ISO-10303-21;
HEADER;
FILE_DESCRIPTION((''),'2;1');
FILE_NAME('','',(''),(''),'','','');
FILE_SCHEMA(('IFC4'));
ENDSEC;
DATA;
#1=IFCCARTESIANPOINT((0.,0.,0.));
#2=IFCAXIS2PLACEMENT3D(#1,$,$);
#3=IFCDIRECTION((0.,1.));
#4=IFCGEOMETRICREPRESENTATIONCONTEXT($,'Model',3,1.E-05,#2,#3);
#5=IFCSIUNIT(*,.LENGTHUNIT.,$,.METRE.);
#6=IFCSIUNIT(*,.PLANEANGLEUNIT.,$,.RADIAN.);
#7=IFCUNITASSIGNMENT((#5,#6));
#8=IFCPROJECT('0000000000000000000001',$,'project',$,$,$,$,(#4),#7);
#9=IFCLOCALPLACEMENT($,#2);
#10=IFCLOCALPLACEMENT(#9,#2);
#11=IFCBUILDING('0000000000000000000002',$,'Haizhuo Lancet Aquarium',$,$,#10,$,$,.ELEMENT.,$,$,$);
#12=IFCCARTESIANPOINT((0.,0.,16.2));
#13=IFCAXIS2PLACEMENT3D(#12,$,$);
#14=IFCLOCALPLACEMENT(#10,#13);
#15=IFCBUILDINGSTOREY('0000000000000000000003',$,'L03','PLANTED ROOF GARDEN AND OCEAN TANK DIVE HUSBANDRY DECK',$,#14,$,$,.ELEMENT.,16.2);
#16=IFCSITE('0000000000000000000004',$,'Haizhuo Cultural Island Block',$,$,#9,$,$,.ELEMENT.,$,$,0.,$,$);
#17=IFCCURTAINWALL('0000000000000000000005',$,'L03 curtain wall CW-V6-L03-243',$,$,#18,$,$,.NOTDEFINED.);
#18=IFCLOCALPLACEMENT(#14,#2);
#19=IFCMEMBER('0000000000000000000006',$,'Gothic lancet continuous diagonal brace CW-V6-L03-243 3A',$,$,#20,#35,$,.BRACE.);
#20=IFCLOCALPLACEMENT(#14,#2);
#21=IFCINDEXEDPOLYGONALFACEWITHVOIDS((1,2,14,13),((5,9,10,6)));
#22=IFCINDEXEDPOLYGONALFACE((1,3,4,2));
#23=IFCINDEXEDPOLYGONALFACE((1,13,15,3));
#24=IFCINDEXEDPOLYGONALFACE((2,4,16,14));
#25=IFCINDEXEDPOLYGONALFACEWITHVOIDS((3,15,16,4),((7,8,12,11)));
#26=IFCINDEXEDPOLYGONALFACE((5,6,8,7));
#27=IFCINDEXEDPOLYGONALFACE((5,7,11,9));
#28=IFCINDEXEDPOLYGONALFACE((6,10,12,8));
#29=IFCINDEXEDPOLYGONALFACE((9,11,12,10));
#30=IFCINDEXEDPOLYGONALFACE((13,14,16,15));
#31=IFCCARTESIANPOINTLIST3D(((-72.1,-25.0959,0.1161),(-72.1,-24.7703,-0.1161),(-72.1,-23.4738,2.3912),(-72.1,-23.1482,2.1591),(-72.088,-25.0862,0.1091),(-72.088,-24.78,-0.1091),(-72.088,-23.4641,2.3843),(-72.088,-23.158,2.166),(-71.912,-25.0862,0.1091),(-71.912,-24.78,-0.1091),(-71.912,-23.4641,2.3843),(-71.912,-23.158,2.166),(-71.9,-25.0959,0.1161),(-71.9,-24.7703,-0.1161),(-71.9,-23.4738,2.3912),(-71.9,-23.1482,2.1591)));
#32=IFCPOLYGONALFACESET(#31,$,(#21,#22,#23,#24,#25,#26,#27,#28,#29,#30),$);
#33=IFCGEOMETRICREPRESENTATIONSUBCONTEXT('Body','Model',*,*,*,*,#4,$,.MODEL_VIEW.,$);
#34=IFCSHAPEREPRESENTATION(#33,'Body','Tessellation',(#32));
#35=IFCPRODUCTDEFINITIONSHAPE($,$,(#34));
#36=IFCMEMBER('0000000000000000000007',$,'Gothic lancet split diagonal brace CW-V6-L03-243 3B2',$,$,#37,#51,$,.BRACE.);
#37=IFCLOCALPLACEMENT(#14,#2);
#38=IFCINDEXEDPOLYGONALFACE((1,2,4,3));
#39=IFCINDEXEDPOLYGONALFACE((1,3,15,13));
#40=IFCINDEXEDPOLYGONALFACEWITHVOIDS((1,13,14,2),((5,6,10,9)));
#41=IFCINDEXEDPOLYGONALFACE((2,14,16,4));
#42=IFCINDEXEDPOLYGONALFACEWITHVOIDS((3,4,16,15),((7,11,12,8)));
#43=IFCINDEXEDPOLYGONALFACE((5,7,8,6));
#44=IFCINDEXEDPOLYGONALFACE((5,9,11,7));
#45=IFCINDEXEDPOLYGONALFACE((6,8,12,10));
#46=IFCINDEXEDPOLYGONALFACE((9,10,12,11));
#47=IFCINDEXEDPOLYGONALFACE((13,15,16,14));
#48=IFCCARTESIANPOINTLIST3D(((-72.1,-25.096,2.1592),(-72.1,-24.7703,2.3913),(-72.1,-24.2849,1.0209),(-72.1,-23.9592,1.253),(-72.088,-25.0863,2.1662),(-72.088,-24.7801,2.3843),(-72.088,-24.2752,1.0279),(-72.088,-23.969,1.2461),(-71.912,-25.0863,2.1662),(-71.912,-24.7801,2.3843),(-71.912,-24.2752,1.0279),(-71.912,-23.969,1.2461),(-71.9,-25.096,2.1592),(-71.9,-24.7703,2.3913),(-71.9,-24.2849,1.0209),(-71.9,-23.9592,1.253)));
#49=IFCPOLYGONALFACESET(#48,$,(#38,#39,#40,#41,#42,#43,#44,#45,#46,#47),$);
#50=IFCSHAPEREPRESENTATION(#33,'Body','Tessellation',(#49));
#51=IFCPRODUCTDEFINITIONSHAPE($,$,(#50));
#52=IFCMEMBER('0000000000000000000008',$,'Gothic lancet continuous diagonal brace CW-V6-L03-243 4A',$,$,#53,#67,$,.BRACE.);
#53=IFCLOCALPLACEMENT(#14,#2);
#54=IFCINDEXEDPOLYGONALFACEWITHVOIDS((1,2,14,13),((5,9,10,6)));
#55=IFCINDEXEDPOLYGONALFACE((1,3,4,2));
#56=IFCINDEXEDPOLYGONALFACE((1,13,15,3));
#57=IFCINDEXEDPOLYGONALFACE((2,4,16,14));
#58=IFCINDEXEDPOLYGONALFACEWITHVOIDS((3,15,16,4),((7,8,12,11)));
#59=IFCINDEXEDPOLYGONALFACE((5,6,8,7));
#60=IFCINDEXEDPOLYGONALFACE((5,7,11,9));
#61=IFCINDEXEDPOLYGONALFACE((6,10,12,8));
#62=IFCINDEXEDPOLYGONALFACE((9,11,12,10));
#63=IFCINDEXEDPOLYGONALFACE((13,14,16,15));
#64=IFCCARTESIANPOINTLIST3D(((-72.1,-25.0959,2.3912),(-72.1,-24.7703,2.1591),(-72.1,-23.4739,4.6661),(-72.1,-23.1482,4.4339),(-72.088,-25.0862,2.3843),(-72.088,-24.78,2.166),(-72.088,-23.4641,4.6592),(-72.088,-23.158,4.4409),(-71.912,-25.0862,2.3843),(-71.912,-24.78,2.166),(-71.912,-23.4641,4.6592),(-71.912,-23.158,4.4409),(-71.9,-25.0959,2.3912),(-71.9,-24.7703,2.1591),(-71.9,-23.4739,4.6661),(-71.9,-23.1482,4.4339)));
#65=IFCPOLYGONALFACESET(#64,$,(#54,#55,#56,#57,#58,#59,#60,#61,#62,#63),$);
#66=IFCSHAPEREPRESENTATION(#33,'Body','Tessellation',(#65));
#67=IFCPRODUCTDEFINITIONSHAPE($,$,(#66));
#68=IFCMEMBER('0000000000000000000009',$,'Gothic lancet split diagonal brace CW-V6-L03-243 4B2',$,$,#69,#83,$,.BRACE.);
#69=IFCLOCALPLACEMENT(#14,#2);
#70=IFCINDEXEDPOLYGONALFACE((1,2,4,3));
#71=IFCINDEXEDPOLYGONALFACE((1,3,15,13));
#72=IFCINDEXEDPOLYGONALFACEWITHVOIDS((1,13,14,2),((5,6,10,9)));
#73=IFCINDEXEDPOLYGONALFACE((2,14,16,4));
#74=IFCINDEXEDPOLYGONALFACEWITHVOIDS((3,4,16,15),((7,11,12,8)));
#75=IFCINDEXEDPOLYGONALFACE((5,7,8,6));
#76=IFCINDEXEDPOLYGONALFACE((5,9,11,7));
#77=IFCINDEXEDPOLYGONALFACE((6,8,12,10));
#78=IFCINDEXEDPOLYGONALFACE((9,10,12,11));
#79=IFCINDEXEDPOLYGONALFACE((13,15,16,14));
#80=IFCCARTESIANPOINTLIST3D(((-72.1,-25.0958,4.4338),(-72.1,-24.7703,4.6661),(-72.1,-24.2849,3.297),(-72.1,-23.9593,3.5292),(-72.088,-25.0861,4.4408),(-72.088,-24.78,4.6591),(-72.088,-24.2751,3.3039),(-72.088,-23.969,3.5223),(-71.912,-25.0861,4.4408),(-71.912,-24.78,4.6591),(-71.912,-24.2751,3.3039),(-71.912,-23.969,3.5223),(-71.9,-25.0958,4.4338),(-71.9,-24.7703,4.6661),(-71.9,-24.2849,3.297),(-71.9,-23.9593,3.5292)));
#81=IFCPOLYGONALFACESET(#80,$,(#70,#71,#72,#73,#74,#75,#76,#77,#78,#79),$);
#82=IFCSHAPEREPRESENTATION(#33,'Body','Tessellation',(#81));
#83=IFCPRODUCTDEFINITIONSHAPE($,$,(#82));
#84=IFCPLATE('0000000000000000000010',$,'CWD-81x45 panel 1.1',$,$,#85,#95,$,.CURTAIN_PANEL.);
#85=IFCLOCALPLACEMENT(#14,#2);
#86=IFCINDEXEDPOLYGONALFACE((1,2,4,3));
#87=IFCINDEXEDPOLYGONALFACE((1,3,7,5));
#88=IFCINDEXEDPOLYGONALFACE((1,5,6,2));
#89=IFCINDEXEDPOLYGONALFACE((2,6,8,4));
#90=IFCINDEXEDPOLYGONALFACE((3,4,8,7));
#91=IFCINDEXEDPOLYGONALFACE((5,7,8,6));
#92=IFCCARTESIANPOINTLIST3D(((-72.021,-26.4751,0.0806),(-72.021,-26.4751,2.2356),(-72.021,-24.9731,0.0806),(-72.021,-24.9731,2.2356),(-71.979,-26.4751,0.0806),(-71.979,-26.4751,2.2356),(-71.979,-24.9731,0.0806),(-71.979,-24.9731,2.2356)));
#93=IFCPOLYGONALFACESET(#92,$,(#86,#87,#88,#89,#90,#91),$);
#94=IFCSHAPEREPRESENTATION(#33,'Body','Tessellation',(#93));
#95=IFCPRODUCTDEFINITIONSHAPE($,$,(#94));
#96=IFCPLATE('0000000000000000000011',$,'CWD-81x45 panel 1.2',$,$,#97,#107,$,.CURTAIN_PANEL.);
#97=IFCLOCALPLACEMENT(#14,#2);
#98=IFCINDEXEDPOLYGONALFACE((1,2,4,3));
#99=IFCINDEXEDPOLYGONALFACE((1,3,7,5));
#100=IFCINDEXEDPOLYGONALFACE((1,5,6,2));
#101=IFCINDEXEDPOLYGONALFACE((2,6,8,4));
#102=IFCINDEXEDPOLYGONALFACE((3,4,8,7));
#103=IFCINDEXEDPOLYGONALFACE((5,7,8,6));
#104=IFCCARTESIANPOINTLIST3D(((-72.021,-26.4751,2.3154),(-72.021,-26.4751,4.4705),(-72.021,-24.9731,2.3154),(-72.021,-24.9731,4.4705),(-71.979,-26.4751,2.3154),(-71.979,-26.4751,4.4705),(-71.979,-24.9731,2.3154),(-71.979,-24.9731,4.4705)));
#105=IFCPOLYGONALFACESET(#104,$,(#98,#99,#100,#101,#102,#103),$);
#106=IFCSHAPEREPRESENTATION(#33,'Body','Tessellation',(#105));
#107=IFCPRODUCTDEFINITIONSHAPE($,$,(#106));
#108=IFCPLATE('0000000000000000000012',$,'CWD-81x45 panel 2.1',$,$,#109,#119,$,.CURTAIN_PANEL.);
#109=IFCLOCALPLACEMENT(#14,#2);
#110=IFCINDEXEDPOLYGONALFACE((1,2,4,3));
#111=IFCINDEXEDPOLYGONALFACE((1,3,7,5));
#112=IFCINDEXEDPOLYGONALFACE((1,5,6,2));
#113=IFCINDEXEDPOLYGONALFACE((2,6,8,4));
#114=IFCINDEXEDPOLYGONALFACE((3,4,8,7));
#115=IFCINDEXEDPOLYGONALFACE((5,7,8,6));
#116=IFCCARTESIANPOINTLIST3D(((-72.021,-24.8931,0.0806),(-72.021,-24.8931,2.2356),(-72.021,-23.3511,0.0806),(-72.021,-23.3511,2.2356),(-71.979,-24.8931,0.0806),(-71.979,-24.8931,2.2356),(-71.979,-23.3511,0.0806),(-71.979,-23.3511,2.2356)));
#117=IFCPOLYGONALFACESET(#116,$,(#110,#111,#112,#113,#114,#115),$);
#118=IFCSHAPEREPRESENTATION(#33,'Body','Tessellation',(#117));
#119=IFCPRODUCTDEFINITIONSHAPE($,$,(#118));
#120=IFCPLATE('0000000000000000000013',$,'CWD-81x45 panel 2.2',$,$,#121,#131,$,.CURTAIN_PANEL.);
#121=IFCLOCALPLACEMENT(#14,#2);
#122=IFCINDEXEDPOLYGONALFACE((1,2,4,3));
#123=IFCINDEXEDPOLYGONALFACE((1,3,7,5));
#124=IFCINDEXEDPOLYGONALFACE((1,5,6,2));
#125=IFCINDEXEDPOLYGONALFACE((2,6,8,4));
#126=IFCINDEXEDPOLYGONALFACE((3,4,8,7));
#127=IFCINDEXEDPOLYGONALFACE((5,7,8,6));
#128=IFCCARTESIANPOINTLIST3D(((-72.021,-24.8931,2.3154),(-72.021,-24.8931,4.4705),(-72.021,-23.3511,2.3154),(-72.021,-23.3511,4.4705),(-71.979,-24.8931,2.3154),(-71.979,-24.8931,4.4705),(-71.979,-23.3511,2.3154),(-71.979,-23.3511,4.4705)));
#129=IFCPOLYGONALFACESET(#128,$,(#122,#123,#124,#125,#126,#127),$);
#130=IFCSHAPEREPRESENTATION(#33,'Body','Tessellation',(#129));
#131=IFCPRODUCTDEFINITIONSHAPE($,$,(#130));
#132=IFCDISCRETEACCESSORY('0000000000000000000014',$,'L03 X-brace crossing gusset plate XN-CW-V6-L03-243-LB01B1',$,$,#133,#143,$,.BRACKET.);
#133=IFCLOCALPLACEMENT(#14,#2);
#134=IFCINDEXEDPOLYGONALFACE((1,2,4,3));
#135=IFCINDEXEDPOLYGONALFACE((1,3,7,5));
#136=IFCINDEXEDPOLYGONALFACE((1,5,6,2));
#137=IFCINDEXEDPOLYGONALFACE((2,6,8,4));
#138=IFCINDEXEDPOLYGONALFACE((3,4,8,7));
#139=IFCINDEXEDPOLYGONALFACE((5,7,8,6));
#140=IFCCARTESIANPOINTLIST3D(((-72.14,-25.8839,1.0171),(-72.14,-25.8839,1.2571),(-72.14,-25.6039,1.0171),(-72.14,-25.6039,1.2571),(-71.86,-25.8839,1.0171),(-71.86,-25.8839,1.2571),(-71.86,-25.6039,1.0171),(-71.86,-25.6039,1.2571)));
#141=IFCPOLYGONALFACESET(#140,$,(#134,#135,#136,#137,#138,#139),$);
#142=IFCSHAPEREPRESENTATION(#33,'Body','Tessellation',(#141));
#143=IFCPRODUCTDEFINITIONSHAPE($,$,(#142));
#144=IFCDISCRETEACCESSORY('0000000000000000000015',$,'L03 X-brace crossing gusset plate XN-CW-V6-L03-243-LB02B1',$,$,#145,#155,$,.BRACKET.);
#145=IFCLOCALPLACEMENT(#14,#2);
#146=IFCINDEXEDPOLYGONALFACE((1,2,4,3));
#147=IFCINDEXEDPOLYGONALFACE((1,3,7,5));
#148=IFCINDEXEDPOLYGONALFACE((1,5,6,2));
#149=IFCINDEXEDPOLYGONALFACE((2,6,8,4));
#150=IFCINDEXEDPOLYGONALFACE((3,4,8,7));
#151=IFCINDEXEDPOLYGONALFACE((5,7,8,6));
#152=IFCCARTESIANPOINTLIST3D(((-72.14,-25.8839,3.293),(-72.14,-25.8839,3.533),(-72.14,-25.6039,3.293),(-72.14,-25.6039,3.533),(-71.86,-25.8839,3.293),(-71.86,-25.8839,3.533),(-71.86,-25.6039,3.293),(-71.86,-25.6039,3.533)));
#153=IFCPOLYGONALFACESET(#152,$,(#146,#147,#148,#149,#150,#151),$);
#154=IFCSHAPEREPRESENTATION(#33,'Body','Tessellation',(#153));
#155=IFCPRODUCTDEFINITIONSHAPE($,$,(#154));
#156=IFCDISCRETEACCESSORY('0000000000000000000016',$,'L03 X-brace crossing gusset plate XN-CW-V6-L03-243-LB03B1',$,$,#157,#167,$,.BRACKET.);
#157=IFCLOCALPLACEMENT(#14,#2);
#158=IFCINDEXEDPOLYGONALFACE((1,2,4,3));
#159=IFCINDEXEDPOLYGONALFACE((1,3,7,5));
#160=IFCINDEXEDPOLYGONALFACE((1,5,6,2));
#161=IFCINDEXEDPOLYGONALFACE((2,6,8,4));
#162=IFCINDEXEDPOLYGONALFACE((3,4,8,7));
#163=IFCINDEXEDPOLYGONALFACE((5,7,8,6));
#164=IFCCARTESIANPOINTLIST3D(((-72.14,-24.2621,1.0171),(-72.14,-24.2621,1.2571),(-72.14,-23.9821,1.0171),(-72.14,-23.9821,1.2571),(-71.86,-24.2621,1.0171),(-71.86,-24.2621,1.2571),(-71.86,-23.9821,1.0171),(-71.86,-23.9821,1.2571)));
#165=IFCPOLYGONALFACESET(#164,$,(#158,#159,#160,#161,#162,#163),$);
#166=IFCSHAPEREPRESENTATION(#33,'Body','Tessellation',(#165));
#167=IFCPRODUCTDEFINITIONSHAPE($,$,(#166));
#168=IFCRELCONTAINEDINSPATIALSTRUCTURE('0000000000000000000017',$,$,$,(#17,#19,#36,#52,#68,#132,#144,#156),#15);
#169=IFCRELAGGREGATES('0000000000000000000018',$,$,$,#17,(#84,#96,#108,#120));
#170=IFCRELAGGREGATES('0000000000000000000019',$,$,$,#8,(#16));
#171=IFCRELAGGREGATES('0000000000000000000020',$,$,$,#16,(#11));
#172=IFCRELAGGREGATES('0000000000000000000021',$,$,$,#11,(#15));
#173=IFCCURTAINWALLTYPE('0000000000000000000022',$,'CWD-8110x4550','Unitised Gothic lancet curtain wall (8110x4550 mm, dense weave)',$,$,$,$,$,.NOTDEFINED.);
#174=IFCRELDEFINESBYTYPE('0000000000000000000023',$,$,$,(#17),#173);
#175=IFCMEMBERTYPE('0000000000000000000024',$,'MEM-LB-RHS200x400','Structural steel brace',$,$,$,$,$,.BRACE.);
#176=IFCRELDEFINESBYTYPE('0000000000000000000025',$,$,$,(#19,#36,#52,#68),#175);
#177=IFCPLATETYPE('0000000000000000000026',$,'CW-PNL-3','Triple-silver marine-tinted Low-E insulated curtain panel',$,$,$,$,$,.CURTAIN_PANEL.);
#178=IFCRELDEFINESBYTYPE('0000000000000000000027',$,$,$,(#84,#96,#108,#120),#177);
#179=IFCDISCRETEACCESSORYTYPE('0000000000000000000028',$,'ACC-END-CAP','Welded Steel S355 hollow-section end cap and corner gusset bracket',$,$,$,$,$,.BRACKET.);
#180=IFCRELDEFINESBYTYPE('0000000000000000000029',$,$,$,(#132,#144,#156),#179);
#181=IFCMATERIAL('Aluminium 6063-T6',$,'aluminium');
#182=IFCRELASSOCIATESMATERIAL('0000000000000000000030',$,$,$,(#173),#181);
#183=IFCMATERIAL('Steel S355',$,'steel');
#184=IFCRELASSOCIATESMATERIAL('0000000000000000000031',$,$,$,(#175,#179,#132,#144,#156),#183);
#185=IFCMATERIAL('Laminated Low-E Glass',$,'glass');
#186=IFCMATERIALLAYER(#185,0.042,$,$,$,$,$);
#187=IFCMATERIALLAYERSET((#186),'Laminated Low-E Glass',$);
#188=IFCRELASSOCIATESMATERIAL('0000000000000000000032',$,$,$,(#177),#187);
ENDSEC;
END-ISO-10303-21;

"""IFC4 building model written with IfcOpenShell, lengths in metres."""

from ifc_helpers import new_model, si_unit, direction, frame, origin, origin_2d, place, context, subcontext, project, spatial, rectangle, hollow_rectangle, extrude, material, layer, layer_set, material_profile, profile_set, type_object, element, aggregate, save


model = new_model("IFC4")

# Units and contexts
model_context = context("Model", 3, precision=1e-05, world=origin(), true_north=direction((0.0, 1.0)))
body_context = subcontext(model_context, "Body", "Model", "MODEL_VIEW")
ifc_project = project(units=[si_unit("LENGTHUNIT", "METRE"), si_unit("PLANEANGLEUNIT", "RADIAN")], contexts=[model_context])

# Site, building, storey
site_placement = place(None, origin())
site = spatial("IfcSite", under=ifc_project, at=site_placement, Name="Haizhuo Cultural Island Block", CompositionType="ELEMENT", RefElevation=0.0)
building_placement = place(site_placement, origin())
building = spatial("IfcBuilding", under=site, at=building_placement, Name="Haizhuo Lancet Aquarium", CompositionType="ELEMENT")
storey_placement = place(building_placement, frame((0.0, 0.0, 16.2)))
storey = spatial("IfcBuildingStorey", under=building, at=storey_placement, Name="L03", Description="PLANTED ROOF GARDEN AND OCEAN TANK DIVE HUSBANDRY DECK", CompositionType="ELEMENT", Elevation=16.2)

# Shared definitions
ifc_material_1 = material(Name="Steel S355", Category="steel")

# Curtain wall
ifc_material_2 = material(Name="Aluminium 6063-T6", Category="aluminium")
curtain_wall_type = type_object("IfcCurtainWallType", Name="CWD-8110x4550", Description="Unitised Gothic lancet curtain wall (8110x4550 mm, dense weave)", PredefinedType="NOTDEFINED", material=ifc_material_2)
curtain_wall_placement = place(storey_placement, origin())
curtain_wall = element("IfcCurtainWall", 1, at=curtain_wall_placement, inside=storey, type_object=curtain_wall_type, Name="L03 curtain wall CW-V6-L03-243", PredefinedType="NOTDEFINED")

# Members
ifc_material_profile_1 = material_profile(ifc_material_1, hollow_rectangle(XDim=0.2, YDim=0.3999, WallThickness=0.012, at=origin_2d()), Name="RHS 200x400x12")
ifc_profile_set_1 = profile_set([ifc_material_profile_1], Name="Steel S355")
member_type_1 = type_object("IfcMemberType", Name="MEM-LB-RHS200x400", Description="Structural steel brace", PredefinedType="BRACE", material=ifc_profile_set_1)
member_1_placement = place(storey_placement, frame((-72.0, -24.9331, 0.0), z_axis=(0.0, 0.580519, 0.814247), x_axis=(-1.0, 0.0, 0.0)))
element("IfcMember", 2, at=member_1_placement, inside=storey, type_object=member_type_1, Name="Gothic lancet continuous diagonal brace CW-V6-L03-243 3A", PredefinedType="BRACE", context=body_context, shape_type="SweptSolid", body=[
    extrude(hollow_rectangle(XDim=0.2, YDim=0.3999, WallThickness=0.012, at=origin_2d()), origin(), (0.0, 0.0, 1.0), 2.7942),
])
member_2_placement = place(storey_placement, frame((-72.0, -24.1221, 1.137), z_axis=(0.0, -0.580312, 0.814394), x_axis=(1.0, 0.0, 0.0)))
element("IfcMember", 3, at=member_2_placement, inside=storey, type_object=member_type_1, Name="Gothic lancet split diagonal brace CW-V6-L03-243 3B2", PredefinedType="BRACE", context=body_context, shape_type="SweptSolid", body=[
    extrude(hollow_rectangle(XDim=0.2, YDim=0.3999, WallThickness=0.012, at=origin_2d()), origin(), (0.0, 0.0, 1.0), 1.3977),
])
member_3_placement = place(storey_placement, frame((-72.0, -24.9331, 2.2751), z_axis=(0.0, 0.58056, 0.814217), x_axis=(-1.0, 0.0, 0.0)))
element("IfcMember", 4, at=member_3_placement, inside=storey, type_object=member_type_1, Name="Gothic lancet continuous diagonal brace CW-V6-L03-243 4A", PredefinedType="BRACE", context=body_context, shape_type="SweptSolid", body=[
    extrude(hollow_rectangle(XDim=0.2, YDim=0.3999, WallThickness=0.012, at=origin_2d()), origin(), (0.0, 0.0, 1.0), 2.7939),
])
member_4_placement = place(storey_placement, frame((-72.0, -24.1221, 3.4131), z_axis=(0.0, -0.580725, 0.814099), x_axis=(1.0, 0.0, 0.0)))
element("IfcMember", 5, at=member_4_placement, inside=storey, type_object=member_type_1, Name="Gothic lancet split diagonal brace CW-V6-L03-243 4B2", PredefinedType="BRACE", context=body_context, shape_type="SweptSolid", body=[
    extrude(hollow_rectangle(XDim=0.2, YDim=0.3999, WallThickness=0.012, at=origin_2d()), origin(), (0.0, 0.0, 1.0), 1.3965),
])

# Plates
ifc_material_3 = material(Name="Laminated Low-E Glass", Category="glass")
ifc_layer = layer(ifc_material_3, 0.042)
ifc_layer_set = layer_set([ifc_layer], Name="Laminated Low-E Glass")
plate_type = type_object("IfcPlateType", Name="CW-PNL-3", Description="Triple-silver marine-tinted Low-E insulated curtain panel", PredefinedType="CURTAIN_PANEL", material=ifc_layer_set)
plate_1_placement = place(storey_placement, frame((-72.0, -25.7241, 0.0806), z_axis=(0.0, 0.0, 1.0), x_axis=(0.0, 1.0, 0.0)))
plate_1 = element("IfcPlate", 6, at=plate_1_placement, type_object=plate_type, Name="CWD-81x45 panel 1.1", PredefinedType="CURTAIN_PANEL", context=body_context, shape_type="SweptSolid", body=[
    extrude(rectangle(XDim=1.502, YDim=0.042, at=origin_2d()), origin(), (0.0, 0.0, 1.0), 2.155),
])
plate_2_placement = place(storey_placement, frame((-72.0, -25.7241, 2.3154), z_axis=(0.0, 0.0, 1.0), x_axis=(0.0, 1.0, 0.0)))
plate_2 = element("IfcPlate", 7, at=plate_2_placement, type_object=plate_type, Name="CWD-81x45 panel 1.2", PredefinedType="CURTAIN_PANEL", context=body_context, shape_type="SweptSolid", body=[
    extrude(rectangle(XDim=1.502, YDim=0.042, at=origin_2d()), origin(), (0.0, 0.0, 1.0), 2.155),
])
plate_3_placement = place(storey_placement, frame((-72.0, -24.1221, 0.0806), z_axis=(0.0, 0.0, 1.0), x_axis=(0.0, 1.0, 0.0)))
plate_3 = element("IfcPlate", 8, at=plate_3_placement, type_object=plate_type, Name="CWD-81x45 panel 2.1", PredefinedType="CURTAIN_PANEL", context=body_context, shape_type="SweptSolid", body=[
    extrude(rectangle(XDim=1.542, YDim=0.042, at=origin_2d()), origin(), (0.0, 0.0, 1.0), 2.155),
])
plate_4_placement = place(storey_placement, frame((-72.0, -24.1221, 2.3154), z_axis=(0.0, 0.0, 1.0), x_axis=(0.0, 1.0, 0.0)))
plate_4 = element("IfcPlate", 9, at=plate_4_placement, type_object=plate_type, Name="CWD-81x45 panel 2.2", PredefinedType="CURTAIN_PANEL", context=body_context, shape_type="SweptSolid", body=[
    extrude(rectangle(XDim=1.542, YDim=0.042, at=origin_2d()), origin(), (0.0, 0.0, 1.0), 2.155),
])
aggregate(curtain_wall, [plate_1, plate_2, plate_3, plate_4])

# Discrete accessories
discrete_accessory_type = type_object("IfcDiscreteAccessoryType", Name="ACC-END-CAP", Description="Welded Steel S355 hollow-section end cap and corner gusset bracket", PredefinedType="BRACKET", material=ifc_material_1)
for number, where, z_axis, x_axis, name in (
    (10, (-72.0, -25.7439, 1.0171), (0.0, 0.0, 1.0), (1.0, 0.0, 0.0), "L03 X-brace crossing gusset plate XN-CW-V6-L03-243-LB01B1"),
    (11, (-72.0, -25.7439, 3.293), (0.0, 0.0, 1.0), (1.0, 0.0, 0.0), "L03 X-brace crossing gusset plate XN-CW-V6-L03-243-LB02B1"),
    (12, (-72.0, -24.1221, 1.0171), (0.0, 0.0, 1.0), (1.0, 0.0, 0.0), "L03 X-brace crossing gusset plate XN-CW-V6-L03-243-LB03B1"),
):
    element("IfcDiscreteAccessory", number, at=place(storey_placement, frame(where, z_axis=z_axis, x_axis=x_axis)), inside=storey, type_object=discrete_accessory_type, material=ifc_material_1, Name=name, PredefinedType="BRACKET", context=body_context, shape_type="SweptSolid", body=[
        extrude(rectangle(XDim=0.28, YDim=0.28, at=origin_2d()), origin(), (0.0, 0.0, 1.0), 0.24),
    ])

save(model, "model.ifc")
